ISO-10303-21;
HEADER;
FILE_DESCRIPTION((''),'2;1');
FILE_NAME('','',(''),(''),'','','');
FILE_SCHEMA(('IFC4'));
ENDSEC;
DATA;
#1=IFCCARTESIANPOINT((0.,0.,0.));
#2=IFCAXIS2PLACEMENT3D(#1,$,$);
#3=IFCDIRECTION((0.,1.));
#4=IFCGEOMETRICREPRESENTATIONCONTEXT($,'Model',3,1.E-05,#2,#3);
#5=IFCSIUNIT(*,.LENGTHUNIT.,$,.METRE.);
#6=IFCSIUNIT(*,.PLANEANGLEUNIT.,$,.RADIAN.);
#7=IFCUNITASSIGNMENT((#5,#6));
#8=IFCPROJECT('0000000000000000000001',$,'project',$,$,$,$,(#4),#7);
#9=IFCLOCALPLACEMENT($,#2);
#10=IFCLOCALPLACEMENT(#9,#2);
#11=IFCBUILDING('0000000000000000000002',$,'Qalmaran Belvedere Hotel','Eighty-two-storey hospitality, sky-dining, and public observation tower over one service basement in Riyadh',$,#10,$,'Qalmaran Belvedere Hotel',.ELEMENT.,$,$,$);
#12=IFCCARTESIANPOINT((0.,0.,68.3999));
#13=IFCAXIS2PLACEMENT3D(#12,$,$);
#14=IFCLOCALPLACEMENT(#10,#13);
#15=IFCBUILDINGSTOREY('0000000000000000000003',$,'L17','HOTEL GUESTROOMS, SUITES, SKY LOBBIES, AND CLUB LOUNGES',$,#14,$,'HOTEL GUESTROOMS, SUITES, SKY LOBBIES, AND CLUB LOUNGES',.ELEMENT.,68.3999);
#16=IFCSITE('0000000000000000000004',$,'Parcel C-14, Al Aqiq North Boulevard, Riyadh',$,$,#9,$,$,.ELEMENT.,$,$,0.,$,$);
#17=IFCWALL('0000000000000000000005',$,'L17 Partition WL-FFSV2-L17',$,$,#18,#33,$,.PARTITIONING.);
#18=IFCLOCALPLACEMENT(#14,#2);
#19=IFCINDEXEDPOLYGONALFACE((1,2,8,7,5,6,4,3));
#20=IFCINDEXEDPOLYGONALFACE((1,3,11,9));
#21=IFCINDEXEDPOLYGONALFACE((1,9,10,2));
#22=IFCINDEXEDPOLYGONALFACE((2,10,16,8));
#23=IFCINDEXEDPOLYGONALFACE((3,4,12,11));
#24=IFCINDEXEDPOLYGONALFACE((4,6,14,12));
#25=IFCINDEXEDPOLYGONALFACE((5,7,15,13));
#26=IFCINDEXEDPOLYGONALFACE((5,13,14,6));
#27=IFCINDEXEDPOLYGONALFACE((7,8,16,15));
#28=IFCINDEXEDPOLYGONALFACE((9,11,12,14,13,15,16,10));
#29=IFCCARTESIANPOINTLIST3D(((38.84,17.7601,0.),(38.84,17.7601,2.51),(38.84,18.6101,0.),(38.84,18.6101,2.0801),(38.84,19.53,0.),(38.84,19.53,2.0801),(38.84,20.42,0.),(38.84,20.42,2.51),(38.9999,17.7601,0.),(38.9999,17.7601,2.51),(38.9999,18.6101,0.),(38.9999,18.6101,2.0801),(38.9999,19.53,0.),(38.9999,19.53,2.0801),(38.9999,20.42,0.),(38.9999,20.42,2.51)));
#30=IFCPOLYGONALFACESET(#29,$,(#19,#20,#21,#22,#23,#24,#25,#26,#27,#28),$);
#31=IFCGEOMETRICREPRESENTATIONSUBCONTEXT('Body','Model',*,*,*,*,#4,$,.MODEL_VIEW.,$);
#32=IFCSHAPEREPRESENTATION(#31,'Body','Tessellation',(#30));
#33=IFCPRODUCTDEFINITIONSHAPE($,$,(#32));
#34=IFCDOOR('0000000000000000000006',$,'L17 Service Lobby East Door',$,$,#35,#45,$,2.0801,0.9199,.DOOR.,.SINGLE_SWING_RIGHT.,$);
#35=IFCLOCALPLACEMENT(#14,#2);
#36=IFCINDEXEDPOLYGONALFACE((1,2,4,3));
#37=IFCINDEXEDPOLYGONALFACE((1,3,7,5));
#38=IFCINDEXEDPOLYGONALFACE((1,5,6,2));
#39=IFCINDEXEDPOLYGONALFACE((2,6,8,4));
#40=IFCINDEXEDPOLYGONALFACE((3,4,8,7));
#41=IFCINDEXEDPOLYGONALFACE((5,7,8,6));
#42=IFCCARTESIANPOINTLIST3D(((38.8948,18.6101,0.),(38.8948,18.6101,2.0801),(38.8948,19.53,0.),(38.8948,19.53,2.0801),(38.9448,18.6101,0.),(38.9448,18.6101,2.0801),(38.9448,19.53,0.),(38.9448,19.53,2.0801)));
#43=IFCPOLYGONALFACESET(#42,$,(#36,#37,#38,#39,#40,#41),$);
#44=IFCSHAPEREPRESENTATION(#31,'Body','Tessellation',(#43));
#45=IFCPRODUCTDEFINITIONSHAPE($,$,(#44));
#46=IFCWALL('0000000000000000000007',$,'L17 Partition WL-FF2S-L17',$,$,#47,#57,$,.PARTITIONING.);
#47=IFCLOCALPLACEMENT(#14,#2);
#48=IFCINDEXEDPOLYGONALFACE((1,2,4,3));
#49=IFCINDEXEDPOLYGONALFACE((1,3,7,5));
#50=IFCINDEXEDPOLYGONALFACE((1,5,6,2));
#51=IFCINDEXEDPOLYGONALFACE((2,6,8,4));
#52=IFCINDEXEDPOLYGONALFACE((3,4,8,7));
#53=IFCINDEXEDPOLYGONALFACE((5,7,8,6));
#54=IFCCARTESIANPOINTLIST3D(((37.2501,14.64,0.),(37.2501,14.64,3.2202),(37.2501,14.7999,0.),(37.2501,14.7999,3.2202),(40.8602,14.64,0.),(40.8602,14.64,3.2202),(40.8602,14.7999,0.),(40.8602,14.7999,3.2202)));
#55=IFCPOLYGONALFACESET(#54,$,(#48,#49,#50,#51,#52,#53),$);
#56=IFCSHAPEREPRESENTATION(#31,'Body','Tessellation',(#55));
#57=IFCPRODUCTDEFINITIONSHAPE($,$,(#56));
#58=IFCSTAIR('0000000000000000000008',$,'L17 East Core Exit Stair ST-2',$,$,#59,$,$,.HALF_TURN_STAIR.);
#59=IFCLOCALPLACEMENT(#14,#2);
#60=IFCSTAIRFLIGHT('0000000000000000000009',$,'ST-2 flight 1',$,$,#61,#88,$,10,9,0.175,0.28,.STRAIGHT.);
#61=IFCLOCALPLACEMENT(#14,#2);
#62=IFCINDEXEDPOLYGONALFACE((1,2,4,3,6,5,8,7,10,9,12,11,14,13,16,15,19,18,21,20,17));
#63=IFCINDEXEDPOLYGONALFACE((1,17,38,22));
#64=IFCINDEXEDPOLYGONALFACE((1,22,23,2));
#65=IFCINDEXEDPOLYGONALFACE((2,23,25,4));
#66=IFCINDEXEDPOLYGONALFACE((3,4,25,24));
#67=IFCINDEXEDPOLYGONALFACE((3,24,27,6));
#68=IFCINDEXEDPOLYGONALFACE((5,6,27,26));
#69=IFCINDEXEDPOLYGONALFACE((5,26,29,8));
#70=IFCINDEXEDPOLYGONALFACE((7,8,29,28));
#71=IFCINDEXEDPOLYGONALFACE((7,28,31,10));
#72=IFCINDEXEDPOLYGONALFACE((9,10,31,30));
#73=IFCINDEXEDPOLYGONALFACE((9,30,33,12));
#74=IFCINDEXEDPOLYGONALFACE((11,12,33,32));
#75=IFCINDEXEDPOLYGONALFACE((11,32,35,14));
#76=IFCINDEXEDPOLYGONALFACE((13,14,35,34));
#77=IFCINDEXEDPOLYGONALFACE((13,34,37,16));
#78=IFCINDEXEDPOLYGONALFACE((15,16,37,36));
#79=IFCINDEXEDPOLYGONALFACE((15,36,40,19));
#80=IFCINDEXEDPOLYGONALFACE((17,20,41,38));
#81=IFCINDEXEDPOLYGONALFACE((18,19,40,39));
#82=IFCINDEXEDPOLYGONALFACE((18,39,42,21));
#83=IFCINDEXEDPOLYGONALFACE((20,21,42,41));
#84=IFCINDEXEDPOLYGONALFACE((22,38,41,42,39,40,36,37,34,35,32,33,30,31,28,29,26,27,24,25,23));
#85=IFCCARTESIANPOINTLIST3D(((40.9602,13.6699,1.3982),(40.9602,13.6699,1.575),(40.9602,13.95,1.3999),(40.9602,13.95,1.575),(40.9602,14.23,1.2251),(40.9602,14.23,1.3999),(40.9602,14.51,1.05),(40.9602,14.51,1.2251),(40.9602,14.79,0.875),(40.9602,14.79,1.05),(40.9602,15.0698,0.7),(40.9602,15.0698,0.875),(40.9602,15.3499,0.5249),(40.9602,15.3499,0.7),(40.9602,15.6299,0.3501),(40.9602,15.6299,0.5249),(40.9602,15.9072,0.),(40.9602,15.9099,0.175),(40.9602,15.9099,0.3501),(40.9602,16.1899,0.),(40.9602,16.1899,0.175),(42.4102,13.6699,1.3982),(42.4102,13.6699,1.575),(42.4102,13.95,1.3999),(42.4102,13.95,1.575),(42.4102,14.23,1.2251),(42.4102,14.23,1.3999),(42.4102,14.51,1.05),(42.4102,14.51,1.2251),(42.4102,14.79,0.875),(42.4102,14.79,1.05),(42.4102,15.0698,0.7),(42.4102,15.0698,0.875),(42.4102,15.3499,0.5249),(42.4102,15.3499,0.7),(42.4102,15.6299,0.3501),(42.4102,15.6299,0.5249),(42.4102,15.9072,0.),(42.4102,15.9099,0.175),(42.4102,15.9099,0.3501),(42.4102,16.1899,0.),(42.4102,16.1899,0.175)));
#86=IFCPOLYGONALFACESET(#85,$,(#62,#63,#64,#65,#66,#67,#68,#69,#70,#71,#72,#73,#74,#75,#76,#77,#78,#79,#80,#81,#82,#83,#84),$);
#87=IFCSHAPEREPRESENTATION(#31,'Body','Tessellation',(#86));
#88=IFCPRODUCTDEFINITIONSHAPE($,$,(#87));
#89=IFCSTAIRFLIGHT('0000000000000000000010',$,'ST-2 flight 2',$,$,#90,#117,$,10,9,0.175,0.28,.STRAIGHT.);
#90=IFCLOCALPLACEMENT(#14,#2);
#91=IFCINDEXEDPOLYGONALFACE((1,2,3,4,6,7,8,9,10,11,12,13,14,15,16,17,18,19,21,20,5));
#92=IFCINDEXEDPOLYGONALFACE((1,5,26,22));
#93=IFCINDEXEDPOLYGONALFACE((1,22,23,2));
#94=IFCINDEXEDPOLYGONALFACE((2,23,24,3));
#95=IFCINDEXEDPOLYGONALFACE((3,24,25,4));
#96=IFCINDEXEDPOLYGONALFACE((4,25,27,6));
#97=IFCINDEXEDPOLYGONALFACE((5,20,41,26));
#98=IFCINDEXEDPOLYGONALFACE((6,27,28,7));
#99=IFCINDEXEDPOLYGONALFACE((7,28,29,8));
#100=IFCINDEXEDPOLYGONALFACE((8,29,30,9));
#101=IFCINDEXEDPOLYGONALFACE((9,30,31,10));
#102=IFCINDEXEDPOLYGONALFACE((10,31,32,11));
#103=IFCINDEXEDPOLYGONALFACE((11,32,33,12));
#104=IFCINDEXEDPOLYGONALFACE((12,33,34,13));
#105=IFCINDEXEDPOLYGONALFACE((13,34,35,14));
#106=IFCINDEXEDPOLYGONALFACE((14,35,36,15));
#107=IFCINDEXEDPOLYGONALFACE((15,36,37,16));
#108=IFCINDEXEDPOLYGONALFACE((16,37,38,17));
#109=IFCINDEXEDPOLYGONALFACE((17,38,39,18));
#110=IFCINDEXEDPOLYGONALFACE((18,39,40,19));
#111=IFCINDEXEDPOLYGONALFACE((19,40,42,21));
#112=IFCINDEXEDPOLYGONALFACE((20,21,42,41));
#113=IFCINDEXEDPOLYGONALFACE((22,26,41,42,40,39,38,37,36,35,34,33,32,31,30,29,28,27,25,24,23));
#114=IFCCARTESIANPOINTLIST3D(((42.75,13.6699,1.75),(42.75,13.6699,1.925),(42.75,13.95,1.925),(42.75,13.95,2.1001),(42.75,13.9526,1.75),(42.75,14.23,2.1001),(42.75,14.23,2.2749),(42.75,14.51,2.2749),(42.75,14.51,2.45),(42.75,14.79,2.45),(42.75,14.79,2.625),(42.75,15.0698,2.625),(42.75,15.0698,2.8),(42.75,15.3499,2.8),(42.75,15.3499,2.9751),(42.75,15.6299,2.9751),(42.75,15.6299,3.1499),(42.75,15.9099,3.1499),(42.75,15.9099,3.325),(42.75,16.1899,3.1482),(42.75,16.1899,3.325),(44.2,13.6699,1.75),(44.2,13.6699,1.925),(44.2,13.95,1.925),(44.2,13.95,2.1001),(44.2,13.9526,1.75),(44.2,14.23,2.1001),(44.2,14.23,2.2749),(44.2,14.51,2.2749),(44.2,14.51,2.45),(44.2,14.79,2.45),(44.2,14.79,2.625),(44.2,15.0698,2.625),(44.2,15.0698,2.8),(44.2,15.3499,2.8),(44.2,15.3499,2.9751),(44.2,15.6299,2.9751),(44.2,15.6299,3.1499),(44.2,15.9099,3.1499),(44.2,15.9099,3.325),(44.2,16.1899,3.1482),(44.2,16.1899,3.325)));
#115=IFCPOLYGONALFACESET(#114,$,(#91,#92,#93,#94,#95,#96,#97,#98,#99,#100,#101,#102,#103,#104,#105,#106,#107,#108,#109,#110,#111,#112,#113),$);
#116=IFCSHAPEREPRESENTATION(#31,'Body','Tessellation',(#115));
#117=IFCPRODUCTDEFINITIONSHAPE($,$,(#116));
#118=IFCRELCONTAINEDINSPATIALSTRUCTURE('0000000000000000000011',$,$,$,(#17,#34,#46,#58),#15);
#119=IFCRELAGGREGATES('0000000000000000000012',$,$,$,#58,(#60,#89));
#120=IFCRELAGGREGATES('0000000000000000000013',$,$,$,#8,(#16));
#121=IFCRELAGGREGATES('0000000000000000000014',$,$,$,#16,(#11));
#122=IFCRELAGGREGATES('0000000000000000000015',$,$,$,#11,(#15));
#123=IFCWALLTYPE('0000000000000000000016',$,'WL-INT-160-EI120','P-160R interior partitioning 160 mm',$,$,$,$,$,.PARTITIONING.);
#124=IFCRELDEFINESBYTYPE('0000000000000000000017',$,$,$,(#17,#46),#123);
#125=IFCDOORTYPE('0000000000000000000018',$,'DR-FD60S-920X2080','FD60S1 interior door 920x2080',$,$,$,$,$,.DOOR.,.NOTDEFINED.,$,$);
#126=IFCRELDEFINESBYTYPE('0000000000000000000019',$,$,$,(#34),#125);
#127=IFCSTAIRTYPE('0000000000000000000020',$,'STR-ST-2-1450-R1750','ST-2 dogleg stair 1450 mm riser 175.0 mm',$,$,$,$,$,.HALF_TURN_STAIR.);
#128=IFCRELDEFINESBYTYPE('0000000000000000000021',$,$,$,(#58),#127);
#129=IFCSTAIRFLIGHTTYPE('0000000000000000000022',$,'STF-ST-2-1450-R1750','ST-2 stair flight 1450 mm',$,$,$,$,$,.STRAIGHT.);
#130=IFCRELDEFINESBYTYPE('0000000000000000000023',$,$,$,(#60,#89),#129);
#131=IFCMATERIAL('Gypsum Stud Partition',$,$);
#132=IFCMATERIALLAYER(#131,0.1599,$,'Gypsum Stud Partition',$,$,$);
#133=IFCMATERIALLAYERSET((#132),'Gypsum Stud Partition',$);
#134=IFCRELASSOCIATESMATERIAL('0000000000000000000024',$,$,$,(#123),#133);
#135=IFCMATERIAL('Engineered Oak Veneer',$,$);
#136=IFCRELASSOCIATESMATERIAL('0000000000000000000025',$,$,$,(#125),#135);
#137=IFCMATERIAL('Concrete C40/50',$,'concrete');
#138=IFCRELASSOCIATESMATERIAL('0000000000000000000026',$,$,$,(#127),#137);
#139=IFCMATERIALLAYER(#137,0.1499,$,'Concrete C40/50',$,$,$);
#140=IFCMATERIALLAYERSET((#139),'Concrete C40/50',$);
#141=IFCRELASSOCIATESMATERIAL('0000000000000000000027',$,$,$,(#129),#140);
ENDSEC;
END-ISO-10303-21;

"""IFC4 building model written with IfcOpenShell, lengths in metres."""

from ifc_helpers import new_model, si_unit, direction, frame, frame_2d, origin, place, context, subcontext, project, spatial, polyline, rectangle, outline, extrude, material, layer, layer_set, type_object, element, fill, aggregate, save


model = new_model("IFC4")

# Units and contexts
model_context = context("Model", 3, precision=1e-05, world=origin(), true_north=direction((0.0, 1.0)))
body_context = subcontext(model_context, "Body", "Model", "MODEL_VIEW")
ifc_project = project(units=[si_unit("LENGTHUNIT", "METRE"), si_unit("PLANEANGLEUNIT", "RADIAN")], contexts=[model_context])

# Site, building, storey
site_placement = place(None, origin())
site = spatial("IfcSite", under=ifc_project, at=site_placement, Name="Parcel C-14, Al Aqiq North Boulevard, Riyadh", CompositionType="ELEMENT", RefElevation=0.0)
building_placement = place(site_placement, origin())
building = spatial("IfcBuilding", under=site, at=building_placement, Name="Qalmaran Belvedere Hotel", Description="Eighty-two-storey hospitality, sky-dining, and public observation tower over one service basement in Riyadh", LongName="Qalmaran Belvedere Hotel", CompositionType="ELEMENT")
storey_placement = place(building_placement, frame((0.0, 0.0, 68.3999)))
storey = spatial("IfcBuildingStorey", under=building, at=storey_placement, Name="L17", Description="HOTEL GUESTROOMS, SUITES, SKY LOBBIES, AND CLUB LOUNGES", LongName="HOTEL GUESTROOMS, SUITES, SKY LOBBIES, AND CLUB LOUNGES", CompositionType="ELEMENT", Elevation=68.3999)

# Shared definitions
ifc_material_1 = material(Name="Gypsum Stud Partition")

# Wall, opening, door
ifc_layer_1 = layer(ifc_material_1, 0.1599, Name="Gypsum Stud Partition")
ifc_layer_set_1 = layer_set([ifc_layer_1], Name="Gypsum Stud Partition")
wall_type_1 = type_object("IfcWallType", Name="WL-INT-160-EI120", Description="P-160R interior partitioning 160 mm", PredefinedType="PARTITIONING", material=ifc_layer_set_1)
wall_1_placement = place(storey_placement, frame((38.9199, 17.76, 0.0), z_axis=(0.0, 0.0, 1.0), x_axis=(0.0, 1.0, 0.0)))
wall_1 = element("IfcWall", 1, at=wall_1_placement, inside=storey, type_object=wall_type_1, Name="L17 Partition WL-FFSV2-L17", PredefinedType="PARTITIONING", context=body_context, shape_type="SweptSolid", body=[
    extrude(rectangle(XDim=2.6599, YDim=0.1599, at=frame_2d((1.3301, 0.0))), origin(), (0.0, 0.0, 1.0), 2.51),
])
opening_1_placement = place(wall_1_placement, frame((1.77, 0.0, 0.0), z_axis=(0.0, 0.0, 1.0), x_axis=(-1.0, 0.0, 0.0)))
opening_1 = element("IfcOpeningElement", 2, at=opening_1_placement, cuts=wall_1, PredefinedType="OPENING", context=body_context, shape_type="SweptSolid", body=[
    extrude(rectangle(XDim=0.9199, YDim=2.0801, at=frame_2d((0.46, 1.04))), frame((0.0, 0.0898, 0.0), z_axis=(0.0, -1.0, 0.0), x_axis=(1.0, 0.0, 0.0)), (0.0, 0.0, 1.0), 0.1799),
])
ifc_material_2 = material(Name="Engineered Oak Veneer")
door_type_1 = type_object("IfcDoorType", Name="DR-FD60S-920X2080", Description="FD60S1 interior door 920x2080", OperationType="NOTDEFINED", PredefinedType="DOOR", material=ifc_material_2)
door_1_placement = place(opening_1_placement, origin())
door_1 = element("IfcDoor", 3, at=door_1_placement, inside=storey, type_object=door_type_1, Name="L17 Service Lobby East Door", OperationType="SINGLE_SWING_RIGHT", OverallHeight=2.0801, OverallWidth=0.9199, PredefinedType="DOOR", context=body_context, shape_type="SweptSolid", body=[
    extrude(rectangle(XDim=0.9199, YDim=2.0801, at=frame_2d((0.46, 1.04))), frame((0.0, 0.0249, 0.0), z_axis=(0.0, -1.0, 0.0), x_axis=(1.0, 0.0, 0.0)), (0.0, 0.0, 1.0), 0.05),
])
fill(opening_1, door_1)

# Wall
wall_2_placement = place(storey_placement, frame((37.25, 14.72, 0.0), z_axis=(0.0, 0.0, 1.0), x_axis=(1.0, 0.0, 0.0)))
element("IfcWall", 4, at=wall_2_placement, inside=storey, type_object=wall_type_1, Name="L17 Partition WL-FF2S-L17", PredefinedType="PARTITIONING", context=body_context, shape_type="SweptSolid", body=[
    extrude(rectangle(XDim=3.6101, YDim=0.1599, at=frame_2d((1.8052, 0.0))), origin(), (0.0, 0.0, 1.0), 3.2202),
])

# Stair, stair flights
ifc_material_3 = material(Name="Concrete C40/50", Category="concrete")
stair_type = type_object("IfcStairType", Name="STR-ST-2-1450-R1750", Description="ST-2 dogleg stair 1450 mm riser 175.0 mm", PredefinedType="HALF_TURN_STAIR", material=ifc_material_3)
stair_placement = place(storey_placement, origin())
stair = element("IfcStair", 5, at=stair_placement, inside=storey, type_object=stair_type, Name="L17 East Core Exit Stair ST-2", PredefinedType="HALF_TURN_STAIR")
ifc_layer_2 = layer(ifc_material_3, 0.1499, Name="Concrete C40/50")
ifc_layer_set_2 = layer_set([ifc_layer_2], Name="Concrete C40/50")
stair_flight_type = type_object("IfcStairFlightType", Name="STF-ST-2-1450-R1750", Description="ST-2 stair flight 1450 mm", PredefinedType="STRAIGHT", material=ifc_layer_set_2)
stair_flight_1_placement = place(storey_placement, frame((41.6851, 16.1899, 0.0), z_axis=(0.0, 0.0, 1.0), x_axis=(0.0, -1.0, 0.0)))
stair_flight_1 = element("IfcStairFlight", 6, at=stair_flight_1_placement, type_object=stair_flight_type, Name="ST-2 flight 1", NumberOfRisers=10, NumberOfTreads=9, PredefinedType="STRAIGHT", RiserHeight=0.175, TreadLength=0.28, context=body_context, shape_type="SweptSolid", body=[
    extrude(outline(polyline([(0.0, 0.0), (0.0, 0.175), (0.28, 0.175), (0.28, 0.3501), (0.5601, 0.3501), (0.5601, 0.5249), (0.8401, 0.5249), (0.8401, 0.7), (1.1201, 0.7), (1.1201, 0.875), (1.3999, 0.875), (1.3999, 1.05), (1.6799, 1.05), (1.6799, 1.2251), (1.96, 1.2251), (1.96, 1.3999), (2.24, 1.3999), (2.24, 1.575), (2.52, 1.575), (2.52, 1.75), (2.52, 1.3982), (0.2827, 0.0), (0.0, 0.0)])), frame((0.0, 0.7251, 0.0), z_axis=(0.0, -1.0, 0.0), x_axis=(1.0, 0.0, 0.0)), (0.0, 0.0, 1.0), 1.45),
])
stair_flight_2_placement = place(storey_placement, frame((43.4751, 13.6699, 1.75), z_axis=(0.0, 0.0, 1.0), x_axis=(0.0, 1.0, 0.0)))
stair_flight_2 = element("IfcStairFlight", 7, at=stair_flight_2_placement, type_object=stair_flight_type, Name="ST-2 flight 2", NumberOfRisers=10, NumberOfTreads=9, PredefinedType="STRAIGHT", RiserHeight=0.175, TreadLength=0.28, context=body_context, shape_type="SweptSolid", body=[
    extrude(outline(polyline([(0.0, 0.0), (0.0, 0.175), (0.28, 0.175), (0.28, 0.3501), (0.5601, 0.3501), (0.5601, 0.5249), (0.8401, 0.5249), (0.8401, 0.7), (1.1201, 0.7), (1.1201, 0.875), (1.3999, 0.875), (1.3999, 1.05), (1.6799, 1.05), (1.6799, 1.2251), (1.96, 1.2251), (1.96, 1.3999), (2.24, 1.3999), (2.24, 1.575), (2.52, 1.575), (2.52, 1.75), (2.52, 1.3982), (0.2827, 0.0), (0.0, 0.0)])), frame((0.0, 0.7251, 0.0), z_axis=(0.0, -1.0, 0.0), x_axis=(1.0, 0.0, 0.0)), (0.0, 0.0, 1.0), 1.45),
])
aggregate(stair, [stair_flight_1, stair_flight_2])

save(model, "model.ifc")
